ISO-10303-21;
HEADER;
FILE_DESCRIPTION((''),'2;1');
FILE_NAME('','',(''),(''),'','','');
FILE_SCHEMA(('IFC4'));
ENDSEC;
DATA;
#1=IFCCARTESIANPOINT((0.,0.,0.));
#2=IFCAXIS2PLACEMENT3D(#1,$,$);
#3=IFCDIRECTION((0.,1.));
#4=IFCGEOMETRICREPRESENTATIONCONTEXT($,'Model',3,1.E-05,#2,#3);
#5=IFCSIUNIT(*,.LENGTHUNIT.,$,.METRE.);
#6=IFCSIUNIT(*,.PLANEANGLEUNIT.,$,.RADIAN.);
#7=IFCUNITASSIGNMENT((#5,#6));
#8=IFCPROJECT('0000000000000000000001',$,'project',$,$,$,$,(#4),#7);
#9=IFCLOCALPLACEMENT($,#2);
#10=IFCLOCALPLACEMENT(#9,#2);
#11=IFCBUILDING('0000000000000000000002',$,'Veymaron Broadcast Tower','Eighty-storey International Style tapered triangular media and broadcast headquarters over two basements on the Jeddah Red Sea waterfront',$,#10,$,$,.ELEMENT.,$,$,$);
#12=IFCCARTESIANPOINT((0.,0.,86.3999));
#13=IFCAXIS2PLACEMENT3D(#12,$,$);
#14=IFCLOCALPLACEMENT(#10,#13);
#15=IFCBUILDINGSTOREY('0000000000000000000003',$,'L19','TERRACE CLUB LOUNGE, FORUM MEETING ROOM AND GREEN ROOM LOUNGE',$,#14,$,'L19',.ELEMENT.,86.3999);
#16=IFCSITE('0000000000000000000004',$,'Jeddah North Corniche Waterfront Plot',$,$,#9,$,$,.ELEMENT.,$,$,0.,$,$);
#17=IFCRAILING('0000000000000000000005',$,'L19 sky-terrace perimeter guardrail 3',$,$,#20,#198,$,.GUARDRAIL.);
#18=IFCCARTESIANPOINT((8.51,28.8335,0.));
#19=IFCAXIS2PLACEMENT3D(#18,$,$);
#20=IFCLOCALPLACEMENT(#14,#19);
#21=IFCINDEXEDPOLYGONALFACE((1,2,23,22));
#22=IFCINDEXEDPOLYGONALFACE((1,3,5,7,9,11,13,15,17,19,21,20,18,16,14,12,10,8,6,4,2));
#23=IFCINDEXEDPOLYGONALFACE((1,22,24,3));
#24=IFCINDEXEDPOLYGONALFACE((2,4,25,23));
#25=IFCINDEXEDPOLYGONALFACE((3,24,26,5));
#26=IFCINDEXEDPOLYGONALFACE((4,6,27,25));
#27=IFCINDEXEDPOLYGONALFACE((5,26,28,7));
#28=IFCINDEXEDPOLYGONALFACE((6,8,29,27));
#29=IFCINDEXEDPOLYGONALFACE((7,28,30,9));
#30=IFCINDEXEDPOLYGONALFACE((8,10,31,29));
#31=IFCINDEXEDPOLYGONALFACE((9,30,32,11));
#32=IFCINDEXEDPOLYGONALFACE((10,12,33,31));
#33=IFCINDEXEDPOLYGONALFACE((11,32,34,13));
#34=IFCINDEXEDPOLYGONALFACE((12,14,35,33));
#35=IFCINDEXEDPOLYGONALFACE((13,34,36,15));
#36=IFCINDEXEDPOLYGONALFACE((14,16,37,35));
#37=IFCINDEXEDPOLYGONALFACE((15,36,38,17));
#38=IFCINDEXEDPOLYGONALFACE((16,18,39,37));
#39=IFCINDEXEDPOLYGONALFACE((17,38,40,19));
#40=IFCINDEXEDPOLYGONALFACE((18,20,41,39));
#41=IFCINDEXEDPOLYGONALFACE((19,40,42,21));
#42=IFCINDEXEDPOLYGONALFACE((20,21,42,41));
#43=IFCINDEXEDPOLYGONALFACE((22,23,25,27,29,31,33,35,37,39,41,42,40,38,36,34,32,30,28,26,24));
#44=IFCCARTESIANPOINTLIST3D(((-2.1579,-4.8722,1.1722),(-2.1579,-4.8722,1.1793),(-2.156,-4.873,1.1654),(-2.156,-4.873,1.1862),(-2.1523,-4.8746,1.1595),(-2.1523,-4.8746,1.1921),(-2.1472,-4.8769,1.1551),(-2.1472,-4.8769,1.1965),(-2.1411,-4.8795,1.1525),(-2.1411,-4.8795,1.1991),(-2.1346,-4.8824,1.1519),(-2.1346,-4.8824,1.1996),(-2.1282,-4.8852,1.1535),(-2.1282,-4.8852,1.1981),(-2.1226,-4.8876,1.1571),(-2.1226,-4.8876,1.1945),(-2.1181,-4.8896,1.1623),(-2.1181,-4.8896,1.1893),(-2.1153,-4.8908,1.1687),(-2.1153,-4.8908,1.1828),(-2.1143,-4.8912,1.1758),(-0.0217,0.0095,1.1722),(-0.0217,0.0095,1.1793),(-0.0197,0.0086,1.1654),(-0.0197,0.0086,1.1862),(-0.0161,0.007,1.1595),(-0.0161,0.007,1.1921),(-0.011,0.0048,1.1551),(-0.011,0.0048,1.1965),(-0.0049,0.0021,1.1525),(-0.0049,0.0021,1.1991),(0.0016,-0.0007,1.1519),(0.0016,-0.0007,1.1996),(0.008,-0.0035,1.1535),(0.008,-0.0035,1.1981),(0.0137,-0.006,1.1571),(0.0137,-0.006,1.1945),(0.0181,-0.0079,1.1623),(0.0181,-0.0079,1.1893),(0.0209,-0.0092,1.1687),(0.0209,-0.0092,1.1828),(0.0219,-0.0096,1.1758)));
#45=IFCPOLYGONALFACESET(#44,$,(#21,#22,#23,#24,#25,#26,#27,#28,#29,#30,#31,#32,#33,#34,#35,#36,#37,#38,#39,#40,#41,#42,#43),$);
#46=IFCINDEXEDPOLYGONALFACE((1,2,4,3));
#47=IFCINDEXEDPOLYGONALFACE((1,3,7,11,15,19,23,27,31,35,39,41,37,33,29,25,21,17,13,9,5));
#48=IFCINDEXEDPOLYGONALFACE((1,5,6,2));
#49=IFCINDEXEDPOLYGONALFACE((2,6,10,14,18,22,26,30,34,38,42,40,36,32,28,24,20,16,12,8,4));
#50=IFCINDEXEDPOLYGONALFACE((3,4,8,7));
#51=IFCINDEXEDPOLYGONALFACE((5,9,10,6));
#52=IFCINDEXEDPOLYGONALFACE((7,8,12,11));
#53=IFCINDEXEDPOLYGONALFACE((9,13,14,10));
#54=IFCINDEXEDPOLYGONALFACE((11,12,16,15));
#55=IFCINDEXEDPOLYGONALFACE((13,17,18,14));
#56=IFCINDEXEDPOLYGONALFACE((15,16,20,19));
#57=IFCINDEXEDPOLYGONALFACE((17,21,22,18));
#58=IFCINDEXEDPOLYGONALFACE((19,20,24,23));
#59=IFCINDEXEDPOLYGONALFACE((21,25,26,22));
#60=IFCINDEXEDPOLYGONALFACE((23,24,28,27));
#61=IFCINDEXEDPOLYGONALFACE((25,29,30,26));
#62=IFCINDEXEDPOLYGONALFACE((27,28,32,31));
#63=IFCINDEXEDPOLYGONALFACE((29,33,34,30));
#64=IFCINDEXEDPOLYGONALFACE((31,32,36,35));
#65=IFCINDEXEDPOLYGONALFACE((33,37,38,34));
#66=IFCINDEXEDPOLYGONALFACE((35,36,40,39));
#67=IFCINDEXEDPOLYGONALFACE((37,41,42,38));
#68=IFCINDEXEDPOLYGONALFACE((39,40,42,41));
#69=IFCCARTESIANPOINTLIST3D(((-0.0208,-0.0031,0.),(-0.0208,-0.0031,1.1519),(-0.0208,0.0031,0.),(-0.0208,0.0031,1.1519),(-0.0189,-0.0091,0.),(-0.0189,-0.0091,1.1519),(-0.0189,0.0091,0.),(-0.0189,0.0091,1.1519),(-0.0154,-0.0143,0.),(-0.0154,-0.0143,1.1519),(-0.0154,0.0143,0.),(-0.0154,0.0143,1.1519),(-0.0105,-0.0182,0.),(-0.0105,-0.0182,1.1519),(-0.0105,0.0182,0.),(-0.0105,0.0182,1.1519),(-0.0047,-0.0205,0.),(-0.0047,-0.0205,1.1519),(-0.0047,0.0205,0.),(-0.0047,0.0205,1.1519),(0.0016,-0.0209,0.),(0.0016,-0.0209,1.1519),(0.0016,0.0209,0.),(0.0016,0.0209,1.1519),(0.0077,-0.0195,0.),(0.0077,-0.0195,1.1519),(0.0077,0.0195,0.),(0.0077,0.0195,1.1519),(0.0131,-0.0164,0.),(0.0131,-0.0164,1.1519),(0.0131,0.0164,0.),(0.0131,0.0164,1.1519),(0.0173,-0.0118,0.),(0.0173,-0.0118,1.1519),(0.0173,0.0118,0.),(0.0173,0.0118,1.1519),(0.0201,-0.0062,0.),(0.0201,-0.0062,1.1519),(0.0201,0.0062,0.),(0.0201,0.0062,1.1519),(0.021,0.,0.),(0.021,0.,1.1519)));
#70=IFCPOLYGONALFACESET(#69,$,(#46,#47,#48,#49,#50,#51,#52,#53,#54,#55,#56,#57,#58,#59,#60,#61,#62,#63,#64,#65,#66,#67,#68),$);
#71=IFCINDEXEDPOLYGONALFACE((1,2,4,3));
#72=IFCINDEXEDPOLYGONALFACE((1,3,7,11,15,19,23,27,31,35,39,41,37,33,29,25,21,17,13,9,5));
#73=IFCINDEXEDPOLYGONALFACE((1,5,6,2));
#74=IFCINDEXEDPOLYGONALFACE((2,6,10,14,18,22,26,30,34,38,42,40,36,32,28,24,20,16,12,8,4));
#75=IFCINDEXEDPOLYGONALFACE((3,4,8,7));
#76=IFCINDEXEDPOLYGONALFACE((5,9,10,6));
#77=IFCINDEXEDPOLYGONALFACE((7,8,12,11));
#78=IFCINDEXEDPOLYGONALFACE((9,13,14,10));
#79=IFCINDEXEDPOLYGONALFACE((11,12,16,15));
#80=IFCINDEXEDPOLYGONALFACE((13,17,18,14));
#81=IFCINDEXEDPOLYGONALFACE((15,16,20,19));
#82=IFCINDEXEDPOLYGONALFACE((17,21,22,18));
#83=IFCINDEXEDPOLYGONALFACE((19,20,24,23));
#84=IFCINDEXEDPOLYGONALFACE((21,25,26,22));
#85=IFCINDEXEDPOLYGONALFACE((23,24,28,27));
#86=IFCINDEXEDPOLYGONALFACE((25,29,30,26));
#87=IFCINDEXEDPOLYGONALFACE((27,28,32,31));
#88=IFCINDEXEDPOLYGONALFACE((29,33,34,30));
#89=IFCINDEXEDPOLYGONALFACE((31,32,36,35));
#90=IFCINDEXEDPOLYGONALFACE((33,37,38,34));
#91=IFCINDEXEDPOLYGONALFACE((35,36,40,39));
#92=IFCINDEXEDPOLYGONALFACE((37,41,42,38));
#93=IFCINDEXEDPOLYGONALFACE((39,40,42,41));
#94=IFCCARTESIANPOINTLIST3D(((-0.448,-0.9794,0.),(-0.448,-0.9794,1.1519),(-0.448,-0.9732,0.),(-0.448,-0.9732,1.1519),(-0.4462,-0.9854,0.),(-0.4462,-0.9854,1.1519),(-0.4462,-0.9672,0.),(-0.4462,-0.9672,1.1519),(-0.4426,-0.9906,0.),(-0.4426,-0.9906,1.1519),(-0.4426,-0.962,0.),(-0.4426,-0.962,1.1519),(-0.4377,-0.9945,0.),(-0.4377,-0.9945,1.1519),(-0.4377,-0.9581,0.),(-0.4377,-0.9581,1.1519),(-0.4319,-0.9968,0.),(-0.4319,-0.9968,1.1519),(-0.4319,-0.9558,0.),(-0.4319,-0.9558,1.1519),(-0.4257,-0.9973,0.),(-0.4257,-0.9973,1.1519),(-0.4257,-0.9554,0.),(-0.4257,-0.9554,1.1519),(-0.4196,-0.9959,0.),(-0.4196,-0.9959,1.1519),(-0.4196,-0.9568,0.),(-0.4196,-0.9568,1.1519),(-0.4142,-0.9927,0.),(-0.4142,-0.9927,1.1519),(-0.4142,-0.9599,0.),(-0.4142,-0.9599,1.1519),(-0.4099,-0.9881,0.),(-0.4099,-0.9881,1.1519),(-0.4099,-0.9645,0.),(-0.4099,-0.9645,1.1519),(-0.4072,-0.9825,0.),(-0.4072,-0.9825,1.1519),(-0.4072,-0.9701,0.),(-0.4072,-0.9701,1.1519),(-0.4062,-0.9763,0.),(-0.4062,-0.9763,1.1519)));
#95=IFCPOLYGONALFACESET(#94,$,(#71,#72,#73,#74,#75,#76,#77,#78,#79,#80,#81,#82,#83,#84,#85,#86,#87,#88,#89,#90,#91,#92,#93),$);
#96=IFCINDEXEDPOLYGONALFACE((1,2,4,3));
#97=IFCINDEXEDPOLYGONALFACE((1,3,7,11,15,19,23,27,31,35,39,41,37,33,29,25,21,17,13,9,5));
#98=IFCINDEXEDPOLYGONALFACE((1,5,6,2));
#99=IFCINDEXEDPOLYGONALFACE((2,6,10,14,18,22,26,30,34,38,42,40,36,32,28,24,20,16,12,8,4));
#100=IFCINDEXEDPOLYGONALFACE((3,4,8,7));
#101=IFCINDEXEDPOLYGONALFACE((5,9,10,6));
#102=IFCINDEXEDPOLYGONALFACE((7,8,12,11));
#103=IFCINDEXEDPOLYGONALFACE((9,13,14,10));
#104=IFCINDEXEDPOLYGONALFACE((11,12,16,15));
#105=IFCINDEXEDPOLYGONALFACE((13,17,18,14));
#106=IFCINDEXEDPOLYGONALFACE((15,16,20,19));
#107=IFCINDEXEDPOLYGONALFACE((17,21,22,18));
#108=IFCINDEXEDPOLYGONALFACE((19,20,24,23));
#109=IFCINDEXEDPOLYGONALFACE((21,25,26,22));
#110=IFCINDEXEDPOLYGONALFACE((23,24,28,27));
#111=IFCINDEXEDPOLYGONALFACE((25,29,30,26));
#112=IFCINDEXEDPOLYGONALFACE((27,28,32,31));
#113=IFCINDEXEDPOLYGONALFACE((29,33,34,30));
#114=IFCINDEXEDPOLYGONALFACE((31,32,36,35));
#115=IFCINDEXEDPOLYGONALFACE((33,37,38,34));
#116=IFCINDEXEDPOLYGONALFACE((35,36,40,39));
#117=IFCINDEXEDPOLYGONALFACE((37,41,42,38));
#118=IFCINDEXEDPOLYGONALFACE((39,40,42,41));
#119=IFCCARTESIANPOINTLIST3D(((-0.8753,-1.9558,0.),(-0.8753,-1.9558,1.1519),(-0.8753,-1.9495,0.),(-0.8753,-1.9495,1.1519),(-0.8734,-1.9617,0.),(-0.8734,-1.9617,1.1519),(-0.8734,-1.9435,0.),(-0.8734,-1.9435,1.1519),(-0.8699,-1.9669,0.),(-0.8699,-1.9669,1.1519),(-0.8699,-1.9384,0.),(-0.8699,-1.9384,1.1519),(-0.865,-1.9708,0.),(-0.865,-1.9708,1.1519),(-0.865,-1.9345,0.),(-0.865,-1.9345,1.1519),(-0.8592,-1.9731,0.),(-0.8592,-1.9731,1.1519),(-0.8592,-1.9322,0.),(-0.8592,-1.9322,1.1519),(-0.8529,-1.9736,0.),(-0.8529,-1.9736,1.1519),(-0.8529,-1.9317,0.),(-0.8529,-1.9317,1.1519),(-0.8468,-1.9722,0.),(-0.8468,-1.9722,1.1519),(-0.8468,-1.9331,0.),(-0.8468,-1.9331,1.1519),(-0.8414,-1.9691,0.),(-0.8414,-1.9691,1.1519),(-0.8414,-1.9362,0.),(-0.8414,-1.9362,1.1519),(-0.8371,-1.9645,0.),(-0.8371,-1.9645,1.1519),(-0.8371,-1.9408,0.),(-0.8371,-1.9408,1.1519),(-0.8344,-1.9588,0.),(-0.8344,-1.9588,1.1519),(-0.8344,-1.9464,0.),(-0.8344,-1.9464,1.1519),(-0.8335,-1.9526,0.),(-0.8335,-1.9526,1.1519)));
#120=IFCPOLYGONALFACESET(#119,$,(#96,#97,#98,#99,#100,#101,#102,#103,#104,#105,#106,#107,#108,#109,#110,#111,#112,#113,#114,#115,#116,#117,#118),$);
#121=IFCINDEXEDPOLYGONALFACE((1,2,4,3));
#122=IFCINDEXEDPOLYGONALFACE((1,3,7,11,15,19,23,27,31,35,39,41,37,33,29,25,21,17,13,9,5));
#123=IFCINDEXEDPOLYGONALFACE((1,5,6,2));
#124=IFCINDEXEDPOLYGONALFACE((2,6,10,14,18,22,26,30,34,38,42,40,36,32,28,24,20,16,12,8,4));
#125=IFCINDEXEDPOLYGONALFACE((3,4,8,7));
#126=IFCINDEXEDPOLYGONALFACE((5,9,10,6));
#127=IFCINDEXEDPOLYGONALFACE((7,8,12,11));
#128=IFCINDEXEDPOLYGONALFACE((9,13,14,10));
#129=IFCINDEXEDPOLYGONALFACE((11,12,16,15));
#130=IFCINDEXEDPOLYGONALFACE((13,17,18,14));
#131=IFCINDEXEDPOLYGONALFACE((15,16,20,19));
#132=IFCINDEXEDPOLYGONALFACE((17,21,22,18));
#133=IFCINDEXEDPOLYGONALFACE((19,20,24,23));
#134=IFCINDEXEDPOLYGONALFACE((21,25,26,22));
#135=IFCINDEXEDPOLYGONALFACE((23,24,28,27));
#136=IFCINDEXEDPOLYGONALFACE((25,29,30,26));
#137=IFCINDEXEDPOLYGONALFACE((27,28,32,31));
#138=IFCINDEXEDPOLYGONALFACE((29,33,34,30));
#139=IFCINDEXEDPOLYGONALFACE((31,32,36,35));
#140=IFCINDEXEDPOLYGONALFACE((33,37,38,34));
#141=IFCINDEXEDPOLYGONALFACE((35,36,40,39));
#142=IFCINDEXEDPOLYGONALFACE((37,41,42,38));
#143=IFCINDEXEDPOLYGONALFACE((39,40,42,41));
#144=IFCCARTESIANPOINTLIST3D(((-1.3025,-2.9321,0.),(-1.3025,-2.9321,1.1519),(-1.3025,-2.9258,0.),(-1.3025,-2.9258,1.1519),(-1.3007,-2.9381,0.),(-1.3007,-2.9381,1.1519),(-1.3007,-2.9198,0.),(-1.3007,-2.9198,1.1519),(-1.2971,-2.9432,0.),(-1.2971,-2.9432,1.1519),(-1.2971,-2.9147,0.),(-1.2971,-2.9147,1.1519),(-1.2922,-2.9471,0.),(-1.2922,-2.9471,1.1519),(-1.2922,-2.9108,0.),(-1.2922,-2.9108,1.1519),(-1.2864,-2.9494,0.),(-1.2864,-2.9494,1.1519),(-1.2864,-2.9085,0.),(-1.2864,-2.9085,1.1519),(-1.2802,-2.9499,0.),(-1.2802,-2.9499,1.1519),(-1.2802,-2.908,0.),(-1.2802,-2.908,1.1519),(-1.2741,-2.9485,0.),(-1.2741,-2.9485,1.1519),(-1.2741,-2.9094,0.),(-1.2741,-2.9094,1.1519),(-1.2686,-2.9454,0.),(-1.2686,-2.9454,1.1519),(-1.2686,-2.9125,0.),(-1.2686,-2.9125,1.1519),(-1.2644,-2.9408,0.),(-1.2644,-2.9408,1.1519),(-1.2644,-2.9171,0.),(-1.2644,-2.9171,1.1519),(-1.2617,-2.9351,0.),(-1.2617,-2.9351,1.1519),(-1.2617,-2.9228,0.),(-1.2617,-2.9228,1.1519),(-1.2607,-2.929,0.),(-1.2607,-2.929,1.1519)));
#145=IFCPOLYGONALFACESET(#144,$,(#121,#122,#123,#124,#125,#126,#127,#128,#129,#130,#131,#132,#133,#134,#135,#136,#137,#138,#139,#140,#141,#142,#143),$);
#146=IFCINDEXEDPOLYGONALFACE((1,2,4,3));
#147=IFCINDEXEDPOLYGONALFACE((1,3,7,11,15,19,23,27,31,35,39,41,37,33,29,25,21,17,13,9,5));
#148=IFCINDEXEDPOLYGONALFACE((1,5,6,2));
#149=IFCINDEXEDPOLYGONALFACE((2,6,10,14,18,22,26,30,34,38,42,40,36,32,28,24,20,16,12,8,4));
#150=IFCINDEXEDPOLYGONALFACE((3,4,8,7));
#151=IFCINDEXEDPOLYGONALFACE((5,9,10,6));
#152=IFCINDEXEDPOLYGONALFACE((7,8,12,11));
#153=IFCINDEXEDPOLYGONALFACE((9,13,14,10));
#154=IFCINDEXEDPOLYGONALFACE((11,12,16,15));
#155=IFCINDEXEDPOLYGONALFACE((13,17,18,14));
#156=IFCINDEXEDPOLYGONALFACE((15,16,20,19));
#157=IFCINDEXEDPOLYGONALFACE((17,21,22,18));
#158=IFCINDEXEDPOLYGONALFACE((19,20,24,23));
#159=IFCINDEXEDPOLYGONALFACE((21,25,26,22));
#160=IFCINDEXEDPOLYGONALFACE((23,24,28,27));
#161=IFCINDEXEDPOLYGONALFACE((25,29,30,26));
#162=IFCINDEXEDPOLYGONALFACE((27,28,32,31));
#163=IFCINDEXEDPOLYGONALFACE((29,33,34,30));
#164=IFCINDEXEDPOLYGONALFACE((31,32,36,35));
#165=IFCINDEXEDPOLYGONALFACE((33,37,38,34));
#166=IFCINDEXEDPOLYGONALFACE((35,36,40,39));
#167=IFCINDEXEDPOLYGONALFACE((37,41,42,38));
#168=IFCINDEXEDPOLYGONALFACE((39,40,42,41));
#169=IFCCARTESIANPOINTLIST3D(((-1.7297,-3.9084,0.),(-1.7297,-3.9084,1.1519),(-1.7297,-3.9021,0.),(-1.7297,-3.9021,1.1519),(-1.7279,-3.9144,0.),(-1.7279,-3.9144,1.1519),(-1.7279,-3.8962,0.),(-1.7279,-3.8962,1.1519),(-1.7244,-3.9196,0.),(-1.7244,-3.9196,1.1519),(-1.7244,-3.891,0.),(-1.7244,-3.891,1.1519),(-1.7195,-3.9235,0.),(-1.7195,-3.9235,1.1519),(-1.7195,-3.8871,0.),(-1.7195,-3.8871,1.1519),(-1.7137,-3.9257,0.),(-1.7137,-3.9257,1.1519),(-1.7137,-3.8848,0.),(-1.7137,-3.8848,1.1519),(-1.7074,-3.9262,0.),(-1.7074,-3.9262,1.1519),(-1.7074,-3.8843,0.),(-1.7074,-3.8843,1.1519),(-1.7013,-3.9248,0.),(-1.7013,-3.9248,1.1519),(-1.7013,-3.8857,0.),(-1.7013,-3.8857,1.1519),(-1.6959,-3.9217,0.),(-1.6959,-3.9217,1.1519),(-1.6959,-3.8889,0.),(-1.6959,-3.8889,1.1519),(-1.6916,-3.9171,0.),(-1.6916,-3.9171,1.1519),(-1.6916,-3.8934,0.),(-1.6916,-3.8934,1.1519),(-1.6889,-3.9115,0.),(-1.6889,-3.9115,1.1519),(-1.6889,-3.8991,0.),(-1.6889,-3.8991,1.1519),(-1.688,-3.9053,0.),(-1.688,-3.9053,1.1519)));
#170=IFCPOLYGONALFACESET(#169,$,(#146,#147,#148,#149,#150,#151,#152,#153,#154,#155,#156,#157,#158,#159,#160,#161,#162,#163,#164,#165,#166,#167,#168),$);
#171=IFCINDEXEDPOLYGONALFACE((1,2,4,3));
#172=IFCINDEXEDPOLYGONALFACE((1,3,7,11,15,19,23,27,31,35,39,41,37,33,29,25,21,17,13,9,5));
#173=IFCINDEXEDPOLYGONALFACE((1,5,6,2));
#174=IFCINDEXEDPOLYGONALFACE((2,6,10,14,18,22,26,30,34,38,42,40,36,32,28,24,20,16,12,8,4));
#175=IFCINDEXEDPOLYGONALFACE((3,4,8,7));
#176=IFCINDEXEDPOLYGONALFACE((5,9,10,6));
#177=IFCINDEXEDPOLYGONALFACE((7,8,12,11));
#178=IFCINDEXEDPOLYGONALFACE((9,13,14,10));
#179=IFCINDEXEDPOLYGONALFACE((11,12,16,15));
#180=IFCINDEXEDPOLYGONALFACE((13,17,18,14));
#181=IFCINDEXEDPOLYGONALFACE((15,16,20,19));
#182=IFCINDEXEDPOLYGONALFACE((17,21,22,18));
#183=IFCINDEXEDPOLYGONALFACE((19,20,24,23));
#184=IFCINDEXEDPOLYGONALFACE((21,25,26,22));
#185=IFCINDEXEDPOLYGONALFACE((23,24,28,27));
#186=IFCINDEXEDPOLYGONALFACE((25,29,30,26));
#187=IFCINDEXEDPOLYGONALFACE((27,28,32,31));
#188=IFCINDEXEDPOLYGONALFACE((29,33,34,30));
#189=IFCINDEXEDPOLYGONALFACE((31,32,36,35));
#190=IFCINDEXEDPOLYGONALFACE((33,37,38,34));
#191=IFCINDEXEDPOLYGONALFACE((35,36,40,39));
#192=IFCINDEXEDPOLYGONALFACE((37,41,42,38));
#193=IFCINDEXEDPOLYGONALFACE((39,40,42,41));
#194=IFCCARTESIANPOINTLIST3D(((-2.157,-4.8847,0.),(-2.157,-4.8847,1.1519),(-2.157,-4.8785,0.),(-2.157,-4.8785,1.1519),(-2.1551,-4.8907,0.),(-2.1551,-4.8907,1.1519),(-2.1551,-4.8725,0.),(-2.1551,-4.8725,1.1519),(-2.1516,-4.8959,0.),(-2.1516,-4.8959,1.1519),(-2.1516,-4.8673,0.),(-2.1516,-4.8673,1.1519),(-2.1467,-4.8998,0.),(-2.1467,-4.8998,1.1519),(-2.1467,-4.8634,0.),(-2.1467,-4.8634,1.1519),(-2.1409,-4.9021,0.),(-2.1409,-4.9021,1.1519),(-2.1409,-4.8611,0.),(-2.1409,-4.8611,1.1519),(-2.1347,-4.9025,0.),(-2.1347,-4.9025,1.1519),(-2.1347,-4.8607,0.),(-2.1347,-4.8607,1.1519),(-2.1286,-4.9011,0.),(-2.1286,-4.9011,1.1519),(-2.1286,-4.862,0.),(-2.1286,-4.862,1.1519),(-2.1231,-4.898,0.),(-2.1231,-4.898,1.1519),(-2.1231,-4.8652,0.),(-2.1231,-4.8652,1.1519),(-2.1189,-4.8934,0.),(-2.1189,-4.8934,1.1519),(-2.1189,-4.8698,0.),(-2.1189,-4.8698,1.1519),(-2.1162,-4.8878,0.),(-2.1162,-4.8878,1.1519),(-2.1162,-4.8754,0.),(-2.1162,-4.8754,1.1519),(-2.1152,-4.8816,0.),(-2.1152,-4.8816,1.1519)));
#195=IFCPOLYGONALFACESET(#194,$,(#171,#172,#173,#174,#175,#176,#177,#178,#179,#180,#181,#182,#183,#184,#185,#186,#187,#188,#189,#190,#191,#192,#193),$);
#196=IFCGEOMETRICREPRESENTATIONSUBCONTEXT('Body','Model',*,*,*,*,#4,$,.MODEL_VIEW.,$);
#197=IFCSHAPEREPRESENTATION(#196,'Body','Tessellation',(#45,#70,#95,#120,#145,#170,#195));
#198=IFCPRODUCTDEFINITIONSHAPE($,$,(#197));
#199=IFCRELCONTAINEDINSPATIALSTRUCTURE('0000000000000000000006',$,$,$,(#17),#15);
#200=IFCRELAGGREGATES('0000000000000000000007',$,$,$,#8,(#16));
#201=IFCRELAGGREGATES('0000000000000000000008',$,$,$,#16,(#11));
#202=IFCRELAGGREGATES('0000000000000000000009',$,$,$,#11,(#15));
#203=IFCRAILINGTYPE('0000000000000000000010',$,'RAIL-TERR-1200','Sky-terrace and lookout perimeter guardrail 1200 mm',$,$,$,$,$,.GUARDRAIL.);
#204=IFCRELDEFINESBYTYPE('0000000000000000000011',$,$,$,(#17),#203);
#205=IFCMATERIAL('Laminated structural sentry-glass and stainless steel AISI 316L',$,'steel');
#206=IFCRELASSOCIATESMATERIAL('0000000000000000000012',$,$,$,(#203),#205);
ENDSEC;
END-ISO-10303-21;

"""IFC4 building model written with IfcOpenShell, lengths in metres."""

from ifc_helpers import new_model, si_unit, direction, frame, origin, origin_2d, place, context, subcontext, project, spatial, circle, extrude, material, type_object, element, save


model = new_model("IFC4")

# Units and contexts
model_context = context("Model", 3, precision=1e-05, world=origin(), true_north=direction((0.0, 1.0)))
body_context = subcontext(model_context, "Body", "Model", "MODEL_VIEW")
ifc_project = project(units=[si_unit("LENGTHUNIT", "METRE"), si_unit("PLANEANGLEUNIT", "RADIAN")], contexts=[model_context])

# Site, building, storey
site_placement = place(None, origin())
site = spatial("IfcSite", under=ifc_project, at=site_placement, Name="Jeddah North Corniche Waterfront Plot", CompositionType="ELEMENT", RefElevation=0.0)
building_placement = place(site_placement, origin())
building = spatial("IfcBuilding", under=site, at=building_placement, Name="Veymaron Broadcast Tower", Description="Eighty-storey International Style tapered triangular media and broadcast headquarters over two basements on the Jeddah Red Sea waterfront", CompositionType="ELEMENT")
storey_placement = place(building_placement, frame((0.0, 0.0, 86.3999)))
storey = spatial("IfcBuildingStorey", under=building, at=storey_placement, Name="L19", Description="TERRACE CLUB LOUNGE, FORUM MEETING ROOM AND GREEN ROOM LOUNGE", LongName="L19", CompositionType="ELEMENT", Elevation=86.3999)

# Railing
ifc_material_1 = material(Name="Laminated structural sentry-glass and stainless steel AISI 316L", Category="steel")
railing_type = type_object("IfcRailingType", Name="RAIL-TERR-1200", Description="Sky-terrace and lookout perimeter guardrail 1200 mm", PredefinedType="GUARDRAIL", material=ifc_material_1)
railing_1_placement = place(storey_placement, frame((8.51, 28.8335, 0.0)))
element("IfcRailing", 1, at=railing_1_placement, inside=storey, type_object=railing_type, Name="L19 sky-terrace perimeter guardrail 3", PredefinedType="GUARDRAIL", context=body_context, shape_type="SweptSolid", body=[
    extrude(circle(Radius=0.0239, at=origin_2d()), frame((0.0, 0.0, 1.1758), z_axis=(-0.400903, -0.916121, 0.0), x_axis=(0.916121, -0.400903, 0.0)), (0.0, 0.0, 1.0), 5.3286),
    extrude(circle(Radius=0.021, at=origin_2d()), origin(), (0.0, 0.0, 1.0), 1.1519),
    extrude(circle(Radius=0.021, at=origin_2d()), frame((-0.4272, -0.9763, 0.0)), (0.0, 0.0, 1.0), 1.1519),
    extrude(circle(Radius=0.021, at=origin_2d()), frame((-0.8545, -1.9526, 0.0)), (0.0, 0.0, 1.0), 1.1519),
    extrude(circle(Radius=0.021, at=origin_2d()), frame((-1.2817, -2.929, 0.0)), (0.0, 0.0, 1.0), 1.1519),
    extrude(circle(Radius=0.021, at=origin_2d()), frame((-1.709, -3.9053, 0.0)), (0.0, 0.0, 1.0), 1.1519),
    extrude(circle(Radius=0.021, at=origin_2d()), frame((-2.1362, -4.8816, 0.0)), (0.0, 0.0, 1.0), 1.1519),
])

save(model, "model.ifc")
